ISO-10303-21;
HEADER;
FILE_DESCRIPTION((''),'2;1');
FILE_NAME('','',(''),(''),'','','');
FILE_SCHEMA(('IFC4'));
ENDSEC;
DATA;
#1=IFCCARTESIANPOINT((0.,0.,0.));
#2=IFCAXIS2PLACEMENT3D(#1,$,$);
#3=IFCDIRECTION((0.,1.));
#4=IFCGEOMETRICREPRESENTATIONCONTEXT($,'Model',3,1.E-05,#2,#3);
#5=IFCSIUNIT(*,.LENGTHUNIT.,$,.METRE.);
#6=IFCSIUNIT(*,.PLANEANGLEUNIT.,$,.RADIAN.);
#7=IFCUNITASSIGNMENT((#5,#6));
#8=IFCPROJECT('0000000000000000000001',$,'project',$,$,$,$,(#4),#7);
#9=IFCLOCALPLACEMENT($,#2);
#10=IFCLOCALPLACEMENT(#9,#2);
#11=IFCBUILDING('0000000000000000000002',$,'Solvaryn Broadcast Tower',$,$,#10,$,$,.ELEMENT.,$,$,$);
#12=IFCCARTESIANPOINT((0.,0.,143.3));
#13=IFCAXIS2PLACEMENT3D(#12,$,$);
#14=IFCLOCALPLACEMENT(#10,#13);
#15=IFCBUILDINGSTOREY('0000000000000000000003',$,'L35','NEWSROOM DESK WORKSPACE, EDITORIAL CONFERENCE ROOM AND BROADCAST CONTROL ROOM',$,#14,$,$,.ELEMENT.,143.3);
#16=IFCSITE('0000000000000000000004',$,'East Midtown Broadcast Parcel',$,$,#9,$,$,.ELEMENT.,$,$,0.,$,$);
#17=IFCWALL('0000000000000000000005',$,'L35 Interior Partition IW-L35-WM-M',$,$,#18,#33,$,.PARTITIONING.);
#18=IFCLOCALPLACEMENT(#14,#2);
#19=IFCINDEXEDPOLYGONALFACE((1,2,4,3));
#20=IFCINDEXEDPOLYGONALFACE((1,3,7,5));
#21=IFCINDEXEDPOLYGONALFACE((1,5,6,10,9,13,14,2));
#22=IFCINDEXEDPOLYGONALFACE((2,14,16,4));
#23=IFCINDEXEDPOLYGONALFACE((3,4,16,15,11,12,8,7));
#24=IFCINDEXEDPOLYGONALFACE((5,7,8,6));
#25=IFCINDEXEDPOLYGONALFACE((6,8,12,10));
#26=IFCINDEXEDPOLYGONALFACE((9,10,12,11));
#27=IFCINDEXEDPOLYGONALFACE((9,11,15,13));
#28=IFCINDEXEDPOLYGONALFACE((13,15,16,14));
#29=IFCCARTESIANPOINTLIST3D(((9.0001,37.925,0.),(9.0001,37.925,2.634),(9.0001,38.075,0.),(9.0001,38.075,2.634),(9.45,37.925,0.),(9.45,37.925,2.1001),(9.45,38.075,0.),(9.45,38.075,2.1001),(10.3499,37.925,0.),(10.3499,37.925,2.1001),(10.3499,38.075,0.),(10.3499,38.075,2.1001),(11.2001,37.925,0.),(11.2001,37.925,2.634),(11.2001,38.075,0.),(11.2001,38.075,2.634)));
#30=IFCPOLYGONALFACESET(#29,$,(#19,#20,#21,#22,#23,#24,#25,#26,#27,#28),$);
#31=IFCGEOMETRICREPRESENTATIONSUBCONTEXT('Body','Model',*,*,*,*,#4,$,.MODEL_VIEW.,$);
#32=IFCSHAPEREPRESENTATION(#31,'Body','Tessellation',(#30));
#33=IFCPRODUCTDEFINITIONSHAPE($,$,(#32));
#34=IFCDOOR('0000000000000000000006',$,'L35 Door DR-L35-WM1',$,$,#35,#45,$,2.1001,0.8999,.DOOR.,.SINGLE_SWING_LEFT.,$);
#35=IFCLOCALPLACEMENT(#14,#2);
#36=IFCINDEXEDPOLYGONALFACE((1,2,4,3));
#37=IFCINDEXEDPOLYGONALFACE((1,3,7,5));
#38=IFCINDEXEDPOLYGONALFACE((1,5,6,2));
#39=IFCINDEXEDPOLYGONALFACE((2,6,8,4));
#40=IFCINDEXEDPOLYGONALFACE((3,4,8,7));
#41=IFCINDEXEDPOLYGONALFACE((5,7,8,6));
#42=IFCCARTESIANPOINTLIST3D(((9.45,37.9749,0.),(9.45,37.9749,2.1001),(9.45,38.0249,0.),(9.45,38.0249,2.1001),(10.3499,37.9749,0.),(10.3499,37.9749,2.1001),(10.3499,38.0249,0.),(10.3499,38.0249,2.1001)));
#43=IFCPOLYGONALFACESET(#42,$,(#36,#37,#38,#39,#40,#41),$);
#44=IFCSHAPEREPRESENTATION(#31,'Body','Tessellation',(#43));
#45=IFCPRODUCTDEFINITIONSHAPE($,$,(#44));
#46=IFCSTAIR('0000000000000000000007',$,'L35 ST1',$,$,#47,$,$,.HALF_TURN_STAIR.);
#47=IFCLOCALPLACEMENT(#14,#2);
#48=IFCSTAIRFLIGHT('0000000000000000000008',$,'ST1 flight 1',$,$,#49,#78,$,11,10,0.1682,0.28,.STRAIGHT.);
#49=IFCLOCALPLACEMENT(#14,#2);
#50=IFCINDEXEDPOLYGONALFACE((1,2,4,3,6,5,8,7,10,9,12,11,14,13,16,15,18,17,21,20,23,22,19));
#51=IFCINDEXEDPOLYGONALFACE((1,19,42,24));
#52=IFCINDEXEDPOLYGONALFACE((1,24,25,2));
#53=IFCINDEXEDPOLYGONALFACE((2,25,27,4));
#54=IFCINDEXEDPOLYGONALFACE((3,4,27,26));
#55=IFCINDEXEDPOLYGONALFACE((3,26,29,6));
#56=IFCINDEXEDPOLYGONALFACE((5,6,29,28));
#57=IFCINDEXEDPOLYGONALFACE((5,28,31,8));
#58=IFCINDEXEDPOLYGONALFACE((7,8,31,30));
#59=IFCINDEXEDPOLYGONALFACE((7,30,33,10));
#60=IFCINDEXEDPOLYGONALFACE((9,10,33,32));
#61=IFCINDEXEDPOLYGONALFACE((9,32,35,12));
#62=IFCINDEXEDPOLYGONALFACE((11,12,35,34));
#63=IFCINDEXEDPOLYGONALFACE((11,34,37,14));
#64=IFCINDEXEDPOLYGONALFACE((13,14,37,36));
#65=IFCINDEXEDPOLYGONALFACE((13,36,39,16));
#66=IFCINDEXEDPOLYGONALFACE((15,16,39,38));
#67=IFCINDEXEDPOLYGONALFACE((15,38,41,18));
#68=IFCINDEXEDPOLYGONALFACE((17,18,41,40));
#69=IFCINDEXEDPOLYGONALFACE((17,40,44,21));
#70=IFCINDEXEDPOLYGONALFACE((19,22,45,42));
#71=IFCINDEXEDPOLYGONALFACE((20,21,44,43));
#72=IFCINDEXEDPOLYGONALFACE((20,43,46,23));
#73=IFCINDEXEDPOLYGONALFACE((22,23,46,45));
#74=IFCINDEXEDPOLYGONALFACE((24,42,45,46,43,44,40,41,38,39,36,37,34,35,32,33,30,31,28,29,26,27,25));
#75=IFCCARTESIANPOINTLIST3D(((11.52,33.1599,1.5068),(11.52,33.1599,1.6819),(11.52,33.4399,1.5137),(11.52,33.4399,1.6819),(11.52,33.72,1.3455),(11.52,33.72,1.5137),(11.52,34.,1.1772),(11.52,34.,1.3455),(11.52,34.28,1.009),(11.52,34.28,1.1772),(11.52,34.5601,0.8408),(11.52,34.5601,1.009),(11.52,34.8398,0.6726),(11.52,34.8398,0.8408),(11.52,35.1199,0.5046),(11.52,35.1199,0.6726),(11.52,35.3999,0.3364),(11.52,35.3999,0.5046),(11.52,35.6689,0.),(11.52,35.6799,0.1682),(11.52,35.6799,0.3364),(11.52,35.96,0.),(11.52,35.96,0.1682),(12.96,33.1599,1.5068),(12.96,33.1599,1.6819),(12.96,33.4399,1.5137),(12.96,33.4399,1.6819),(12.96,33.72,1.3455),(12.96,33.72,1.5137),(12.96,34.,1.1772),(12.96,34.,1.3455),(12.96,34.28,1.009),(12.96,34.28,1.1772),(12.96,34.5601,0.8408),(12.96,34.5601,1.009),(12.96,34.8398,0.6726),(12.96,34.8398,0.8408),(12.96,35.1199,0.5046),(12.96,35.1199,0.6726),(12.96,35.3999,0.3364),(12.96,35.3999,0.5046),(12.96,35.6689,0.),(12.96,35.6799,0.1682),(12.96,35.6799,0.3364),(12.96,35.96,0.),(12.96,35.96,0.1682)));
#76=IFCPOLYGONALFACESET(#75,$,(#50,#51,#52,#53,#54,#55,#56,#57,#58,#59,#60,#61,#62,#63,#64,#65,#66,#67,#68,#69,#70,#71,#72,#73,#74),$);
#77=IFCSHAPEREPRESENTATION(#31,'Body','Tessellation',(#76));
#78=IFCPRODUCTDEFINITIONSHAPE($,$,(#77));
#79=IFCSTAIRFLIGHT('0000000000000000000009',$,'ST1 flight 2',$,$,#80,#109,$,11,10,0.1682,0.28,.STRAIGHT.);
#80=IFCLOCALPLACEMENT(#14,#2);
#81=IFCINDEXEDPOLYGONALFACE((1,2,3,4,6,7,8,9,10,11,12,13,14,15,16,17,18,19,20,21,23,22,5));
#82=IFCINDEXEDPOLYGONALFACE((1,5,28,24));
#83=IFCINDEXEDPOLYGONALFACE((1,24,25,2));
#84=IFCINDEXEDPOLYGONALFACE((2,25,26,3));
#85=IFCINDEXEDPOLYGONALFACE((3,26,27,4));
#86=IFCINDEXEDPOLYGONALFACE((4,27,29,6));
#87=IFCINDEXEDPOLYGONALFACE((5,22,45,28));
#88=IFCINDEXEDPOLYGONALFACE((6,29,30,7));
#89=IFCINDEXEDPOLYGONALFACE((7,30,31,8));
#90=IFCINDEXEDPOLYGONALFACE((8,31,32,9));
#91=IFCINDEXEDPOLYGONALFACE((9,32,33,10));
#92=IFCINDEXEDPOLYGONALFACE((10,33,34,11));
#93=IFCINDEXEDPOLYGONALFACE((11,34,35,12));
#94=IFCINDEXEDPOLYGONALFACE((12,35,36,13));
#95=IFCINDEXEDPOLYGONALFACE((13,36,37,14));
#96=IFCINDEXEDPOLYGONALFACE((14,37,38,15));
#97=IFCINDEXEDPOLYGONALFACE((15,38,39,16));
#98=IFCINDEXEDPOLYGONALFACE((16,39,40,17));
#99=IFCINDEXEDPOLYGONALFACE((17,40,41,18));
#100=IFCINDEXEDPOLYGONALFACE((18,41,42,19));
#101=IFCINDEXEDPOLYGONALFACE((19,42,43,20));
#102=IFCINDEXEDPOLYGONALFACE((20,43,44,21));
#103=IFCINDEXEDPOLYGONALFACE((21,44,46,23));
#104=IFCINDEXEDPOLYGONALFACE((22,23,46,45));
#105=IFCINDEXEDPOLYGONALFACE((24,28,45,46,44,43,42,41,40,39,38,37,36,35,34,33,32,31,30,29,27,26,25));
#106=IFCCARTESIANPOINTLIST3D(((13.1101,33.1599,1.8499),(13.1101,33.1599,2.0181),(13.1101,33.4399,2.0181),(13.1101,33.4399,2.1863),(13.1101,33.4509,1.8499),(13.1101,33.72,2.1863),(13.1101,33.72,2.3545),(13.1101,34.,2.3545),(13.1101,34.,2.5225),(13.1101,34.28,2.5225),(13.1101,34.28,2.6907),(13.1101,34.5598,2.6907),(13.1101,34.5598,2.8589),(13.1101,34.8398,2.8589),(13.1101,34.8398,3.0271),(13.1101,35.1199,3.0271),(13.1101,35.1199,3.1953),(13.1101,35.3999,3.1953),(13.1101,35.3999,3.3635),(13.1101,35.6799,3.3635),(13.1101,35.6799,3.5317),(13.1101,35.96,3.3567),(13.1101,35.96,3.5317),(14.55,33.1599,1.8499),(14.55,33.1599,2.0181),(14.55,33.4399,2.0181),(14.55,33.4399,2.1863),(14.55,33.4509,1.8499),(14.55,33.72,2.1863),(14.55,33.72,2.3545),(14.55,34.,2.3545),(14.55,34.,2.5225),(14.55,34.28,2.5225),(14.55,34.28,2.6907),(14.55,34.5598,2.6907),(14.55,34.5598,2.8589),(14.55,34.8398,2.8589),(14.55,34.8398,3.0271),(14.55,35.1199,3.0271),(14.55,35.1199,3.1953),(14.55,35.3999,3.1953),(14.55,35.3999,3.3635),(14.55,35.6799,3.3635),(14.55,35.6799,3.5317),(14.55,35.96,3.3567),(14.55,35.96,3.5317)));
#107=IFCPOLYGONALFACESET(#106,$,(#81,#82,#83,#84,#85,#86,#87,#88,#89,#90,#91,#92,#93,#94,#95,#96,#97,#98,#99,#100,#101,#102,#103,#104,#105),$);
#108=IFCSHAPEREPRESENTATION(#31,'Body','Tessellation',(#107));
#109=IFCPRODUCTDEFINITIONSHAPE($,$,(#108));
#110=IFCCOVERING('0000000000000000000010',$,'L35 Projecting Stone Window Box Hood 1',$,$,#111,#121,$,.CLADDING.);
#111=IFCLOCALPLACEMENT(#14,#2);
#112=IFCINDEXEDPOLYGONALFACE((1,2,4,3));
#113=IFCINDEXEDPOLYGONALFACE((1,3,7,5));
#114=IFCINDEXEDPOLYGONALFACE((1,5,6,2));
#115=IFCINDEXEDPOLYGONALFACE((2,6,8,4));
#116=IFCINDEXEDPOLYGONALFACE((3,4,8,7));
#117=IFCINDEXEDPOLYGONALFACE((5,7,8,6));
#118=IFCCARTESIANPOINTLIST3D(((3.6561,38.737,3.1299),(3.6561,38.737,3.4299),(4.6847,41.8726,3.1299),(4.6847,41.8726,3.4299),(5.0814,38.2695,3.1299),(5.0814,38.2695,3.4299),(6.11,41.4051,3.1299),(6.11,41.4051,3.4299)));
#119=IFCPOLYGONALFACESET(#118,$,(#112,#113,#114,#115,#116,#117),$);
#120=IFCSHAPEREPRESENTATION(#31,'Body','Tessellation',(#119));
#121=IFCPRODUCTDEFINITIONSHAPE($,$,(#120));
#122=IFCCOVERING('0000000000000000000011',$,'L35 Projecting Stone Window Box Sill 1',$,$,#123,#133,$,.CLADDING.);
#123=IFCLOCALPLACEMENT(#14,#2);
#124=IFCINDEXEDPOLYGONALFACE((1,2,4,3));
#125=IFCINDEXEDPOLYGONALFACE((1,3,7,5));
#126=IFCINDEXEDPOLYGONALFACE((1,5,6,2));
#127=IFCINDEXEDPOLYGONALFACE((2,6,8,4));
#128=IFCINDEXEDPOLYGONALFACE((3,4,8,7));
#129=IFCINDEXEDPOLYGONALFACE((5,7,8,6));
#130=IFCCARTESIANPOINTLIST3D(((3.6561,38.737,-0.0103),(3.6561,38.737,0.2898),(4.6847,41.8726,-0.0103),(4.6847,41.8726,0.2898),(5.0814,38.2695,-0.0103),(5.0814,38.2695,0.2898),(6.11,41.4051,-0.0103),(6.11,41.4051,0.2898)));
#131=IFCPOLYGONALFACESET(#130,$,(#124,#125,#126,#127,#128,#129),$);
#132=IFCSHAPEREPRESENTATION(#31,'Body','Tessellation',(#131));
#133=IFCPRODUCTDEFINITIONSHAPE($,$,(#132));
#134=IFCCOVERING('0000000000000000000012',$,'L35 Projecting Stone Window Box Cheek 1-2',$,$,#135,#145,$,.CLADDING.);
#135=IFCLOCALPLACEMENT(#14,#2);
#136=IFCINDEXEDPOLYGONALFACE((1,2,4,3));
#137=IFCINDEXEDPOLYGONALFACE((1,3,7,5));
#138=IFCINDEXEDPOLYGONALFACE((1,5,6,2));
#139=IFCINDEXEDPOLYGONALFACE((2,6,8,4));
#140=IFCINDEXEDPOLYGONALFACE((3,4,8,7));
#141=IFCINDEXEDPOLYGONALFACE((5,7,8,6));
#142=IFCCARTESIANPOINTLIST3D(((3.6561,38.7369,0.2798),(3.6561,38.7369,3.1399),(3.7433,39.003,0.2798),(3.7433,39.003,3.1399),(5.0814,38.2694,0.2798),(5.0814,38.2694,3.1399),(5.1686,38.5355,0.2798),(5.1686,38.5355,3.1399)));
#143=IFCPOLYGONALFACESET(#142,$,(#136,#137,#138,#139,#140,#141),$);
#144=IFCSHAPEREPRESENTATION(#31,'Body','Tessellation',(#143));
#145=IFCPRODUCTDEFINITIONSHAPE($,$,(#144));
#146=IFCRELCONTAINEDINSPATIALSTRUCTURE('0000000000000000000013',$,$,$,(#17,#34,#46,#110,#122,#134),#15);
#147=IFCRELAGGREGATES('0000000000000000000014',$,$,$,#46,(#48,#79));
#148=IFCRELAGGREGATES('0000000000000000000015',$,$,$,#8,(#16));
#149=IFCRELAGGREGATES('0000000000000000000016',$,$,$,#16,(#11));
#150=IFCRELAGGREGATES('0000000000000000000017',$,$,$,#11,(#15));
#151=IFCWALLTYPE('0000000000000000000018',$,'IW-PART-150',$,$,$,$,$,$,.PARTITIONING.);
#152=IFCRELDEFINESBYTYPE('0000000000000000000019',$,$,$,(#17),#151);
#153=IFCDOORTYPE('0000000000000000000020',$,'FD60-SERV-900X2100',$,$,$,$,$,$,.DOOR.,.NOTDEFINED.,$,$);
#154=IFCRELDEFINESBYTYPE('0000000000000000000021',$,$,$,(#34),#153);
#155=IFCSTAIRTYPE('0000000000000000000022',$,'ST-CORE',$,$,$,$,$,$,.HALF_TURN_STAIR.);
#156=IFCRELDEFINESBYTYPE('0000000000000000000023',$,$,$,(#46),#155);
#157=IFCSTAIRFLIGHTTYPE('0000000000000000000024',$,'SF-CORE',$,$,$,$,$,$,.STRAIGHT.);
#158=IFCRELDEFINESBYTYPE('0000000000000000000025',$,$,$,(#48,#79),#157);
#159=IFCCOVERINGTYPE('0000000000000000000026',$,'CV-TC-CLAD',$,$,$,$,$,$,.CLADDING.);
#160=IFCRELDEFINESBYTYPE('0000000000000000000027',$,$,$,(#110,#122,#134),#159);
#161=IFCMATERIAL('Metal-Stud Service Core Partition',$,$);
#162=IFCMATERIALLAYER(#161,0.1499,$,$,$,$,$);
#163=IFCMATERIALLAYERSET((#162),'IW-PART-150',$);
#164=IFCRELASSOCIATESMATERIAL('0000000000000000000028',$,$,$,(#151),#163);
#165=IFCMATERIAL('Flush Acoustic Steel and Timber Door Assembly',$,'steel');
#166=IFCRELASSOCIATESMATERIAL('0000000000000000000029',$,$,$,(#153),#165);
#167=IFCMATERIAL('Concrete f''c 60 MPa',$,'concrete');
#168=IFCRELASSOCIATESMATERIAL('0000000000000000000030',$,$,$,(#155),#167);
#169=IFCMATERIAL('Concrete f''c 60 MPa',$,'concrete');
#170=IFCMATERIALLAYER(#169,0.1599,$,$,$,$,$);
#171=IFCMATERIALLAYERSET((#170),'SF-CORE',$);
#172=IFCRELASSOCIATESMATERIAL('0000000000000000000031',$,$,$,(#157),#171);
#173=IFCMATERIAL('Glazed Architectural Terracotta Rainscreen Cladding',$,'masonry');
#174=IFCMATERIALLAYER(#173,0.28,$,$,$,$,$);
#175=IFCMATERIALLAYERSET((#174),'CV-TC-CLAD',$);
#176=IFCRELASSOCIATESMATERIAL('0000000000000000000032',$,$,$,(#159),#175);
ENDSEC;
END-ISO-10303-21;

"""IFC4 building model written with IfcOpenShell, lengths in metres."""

from ifc_helpers import new_model, si_unit, direction, frame, frame_2d, origin, origin_2d, place, context, subcontext, project, spatial, polyline, rectangle, outline, extrude, material, layer, layer_set, type_object, element, fill, aggregate, save


model = new_model("IFC4")

# Units and contexts
model_context = context("Model", 3, precision=1e-05, world=origin(), true_north=direction((0.0, 1.0)))
body_context = subcontext(model_context, "Body", "Model", "MODEL_VIEW")
ifc_project = project(units=[si_unit("LENGTHUNIT", "METRE"), si_unit("PLANEANGLEUNIT", "RADIAN")], contexts=[model_context])

# Site, building, storey
site_placement = place(None, origin())
site = spatial("IfcSite", under=ifc_project, at=site_placement, Name="East Midtown Broadcast Parcel", CompositionType="ELEMENT", RefElevation=0.0)
building_placement = place(site_placement, origin())
building = spatial("IfcBuilding", under=site, at=building_placement, Name="Solvaryn Broadcast Tower", CompositionType="ELEMENT")
storey_placement = place(building_placement, frame((0.0, 0.0, 143.3)))
storey = spatial("IfcBuildingStorey", under=building, at=storey_placement, Name="L35", Description="NEWSROOM DESK WORKSPACE, EDITORIAL CONFERENCE ROOM AND BROADCAST CONTROL ROOM", CompositionType="ELEMENT", Elevation=143.3)

# Wall, opening, door
ifc_material_1 = material(Name="Metal-Stud Service Core Partition")
ifc_layer_1 = layer(ifc_material_1, 0.1499)
ifc_layer_set_1 = layer_set([ifc_layer_1], Name="IW-PART-150")
wall_type = type_object("IfcWallType", Name="IW-PART-150", PredefinedType="PARTITIONING", material=ifc_layer_set_1)
wall_placement = place(storey_placement, frame((9.0, 38.0, 0.0), z_axis=(0.0, 0.0, 1.0), x_axis=(1.0, 0.0, 0.0)))
wall = element("IfcWall", 1, at=wall_placement, inside=storey, type_object=wall_type, Name="L35 Interior Partition IW-L35-WM-M", PredefinedType="PARTITIONING", context=body_context, shape_type="SweptSolid", body=[
    extrude(rectangle(XDim=2.2, YDim=0.1499, at=frame_2d((1.1001, 0.0))), origin(), (0.0, 0.0, 1.0), 2.634),
])
opening_placement = place(wall_placement, frame((0.45, 0.0, 0.0)))
opening = element("IfcOpeningElement", 2, at=opening_placement, cuts=wall, PredefinedType="OPENING", context=body_context, shape_type="SweptSolid", body=[
    extrude(rectangle(XDim=0.8999, YDim=2.1001, at=frame_2d((0.45, 1.05))), frame((0.0, 0.085, 0.0), z_axis=(0.0, -1.0, 0.0), x_axis=(1.0, 0.0, 0.0)), (0.0, 0.0, 1.0), 0.1699),
])
ifc_material_2 = material(Name="Flush Acoustic Steel and Timber Door Assembly", Category="steel")
door_type = type_object("IfcDoorType", Name="FD60-SERV-900X2100", OperationType="NOTDEFINED", PredefinedType="DOOR", material=ifc_material_2)
door_placement = place(opening_placement, origin())
door = element("IfcDoor", 3, at=door_placement, inside=storey, type_object=door_type, Name="L35 Door DR-L35-WM1", OperationType="SINGLE_SWING_LEFT", OverallHeight=2.1001, OverallWidth=0.8999, PredefinedType="DOOR", context=body_context, shape_type="SweptSolid", body=[
    extrude(rectangle(XDim=0.8999, YDim=2.1001, at=frame_2d((0.45, 1.05))), frame((0.0, 0.0249, 0.0), z_axis=(0.0, -1.0, 0.0), x_axis=(1.0, 0.0, 0.0)), (0.0, 0.0, 1.0), 0.05),
])
fill(opening, door)

# Stair, stair flights
ifc_material_3 = material(Name="Concrete f'c 60 MPa", Category="concrete")
stair_type = type_object("IfcStairType", Name="ST-CORE", PredefinedType="HALF_TURN_STAIR", material=ifc_material_3)
stair_placement = place(storey_placement, origin())
stair = element("IfcStair", 4, at=stair_placement, inside=storey, type_object=stair_type, Name="L35 ST1", PredefinedType="HALF_TURN_STAIR")
ifc_material_4 = material(Name="Concrete f'c 60 MPa", Category="concrete")
ifc_layer_2 = layer(ifc_material_4, 0.1599)
ifc_layer_set_2 = layer_set([ifc_layer_2], Name="SF-CORE")
stair_flight_type = type_object("IfcStairFlightType", Name="SF-CORE", PredefinedType="STRAIGHT", material=ifc_layer_set_2)
stair_flight_1_placement = place(storey_placement, frame((12.24, 35.96, 0.0), z_axis=(0.0, 0.0, 1.0), x_axis=(0.0, -1.0, 0.0)))
stair_flight_1 = element("IfcStairFlight", 5, at=stair_flight_1_placement, type_object=stair_flight_type, Name="ST1 flight 1", NumberOfRisers=11, NumberOfTreads=10, PredefinedType="STRAIGHT", RiserHeight=0.1682, TreadLength=0.28, context=body_context, shape_type="SweptSolid", body=[
    extrude(outline(polyline([(0.0, 0.0), (0.0, 0.1682), (0.28, 0.1682), (0.28, 0.3364), (0.5601, 0.3364), (0.5601, 0.5046), (0.8401, 0.5046), (0.8401, 0.6726), (1.1201, 0.6726), (1.1201, 0.8408), (1.3999, 0.8408), (1.3999, 1.009), (1.6799, 1.009), (1.6799, 1.1772), (1.96, 1.1772), (1.96, 1.3455), (2.24, 1.3455), (2.24, 1.5137), (2.52, 1.5137), (2.52, 1.6819), (2.8, 1.6819), (2.8, 1.8501), (2.8, 1.5068), (0.291, 0.0), (0.0, 0.0)])), frame((0.0, 0.72, 0.0), z_axis=(0.0, -1.0, 0.0), x_axis=(1.0, 0.0, 0.0)), (0.0, 0.0, 1.0), 1.4399),
])
stair_flight_2_placement = place(storey_placement, frame((13.8301, 33.1599, 1.8499), z_axis=(0.0, 0.0, 1.0), x_axis=(0.0, 1.0, 0.0)))
stair_flight_2 = element("IfcStairFlight", 6, at=stair_flight_2_placement, type_object=stair_flight_type, Name="ST1 flight 2", NumberOfRisers=11, NumberOfTreads=10, PredefinedType="STRAIGHT", RiserHeight=0.1682, TreadLength=0.28, context=body_context, shape_type="SweptSolid", body=[
    extrude(outline(polyline([(0.0, 0.0), (0.0, 0.1682), (0.28, 0.1682), (0.28, 0.3364), (0.5601, 0.3364), (0.5601, 0.5046), (0.8401, 0.5046), (0.8401, 0.6726), (1.1201, 0.6726), (1.1201, 0.8408), (1.3999, 0.8408), (1.3999, 1.009), (1.6799, 1.009), (1.6799, 1.1772), (1.96, 1.1772), (1.96, 1.3455), (2.24, 1.3455), (2.24, 1.5137), (2.52, 1.5137), (2.52, 1.6819), (2.8, 1.6819), (2.8, 1.8501), (2.8, 1.5068), (0.291, 0.0), (0.0, 0.0)])), frame((0.0, 0.72, 0.0), z_axis=(0.0, -1.0, 0.0), x_axis=(1.0, 0.0, 0.0)), (0.0, 0.0, 1.0), 1.4399),
])
aggregate(stair, [stair_flight_1, stair_flight_2])

# Coverings
ifc_material_5 = material(Name="Glazed Architectural Terracotta Rainscreen Cladding", Category="masonry")
ifc_layer_3 = layer(ifc_material_5, 0.28)
ifc_layer_set_3 = layer_set([ifc_layer_3], Name="CV-TC-CLAD")
covering_type = type_object("IfcCoveringType", Name="CV-TC-CLAD", PredefinedType="CLADDING", material=ifc_layer_set_3)
for number, where, z_axis, x_axis, name in (
    (7, (4.8831, 40.071, 3.1299), (0.0, 0.0, 1.0), (-0.311672, -0.95019, 0.0), "L35 Projecting Stone Window Box Hood 1"),
    (8, (4.8831, 40.071, -0.0103), (0.0, 0.0, 1.0), (-0.311672, -0.95019, 0.0), "L35 Projecting Stone Window Box Sill 1"),
):
    element("IfcCovering", number, at=place(storey_placement, frame(where, z_axis=z_axis, x_axis=x_axis)), inside=storey, type_object=covering_type, Name=name, PredefinedType="CLADDING", context=body_context, shape_type="SweptSolid", body=[
        extrude(rectangle(XDim=3.3, YDim=1.5, at=origin_2d()), origin(), (0.0, 0.0, 1.0), 0.3),
    ])
covering_placement = place(storey_placement, frame((4.4124, 38.6362, 0.2798), z_axis=(0.0, 0.0, 1.0), x_axis=(-0.311672, -0.95019, 0.0)))
element("IfcCovering", 9, at=covering_placement, inside=storey, type_object=covering_type, Name="L35 Projecting Stone Window Box Cheek 1-2", PredefinedType="CLADDING", context=body_context, shape_type="SweptSolid", body=[
    extrude(rectangle(XDim=0.28, YDim=1.5, at=origin_2d()), origin(), (0.0, 0.0, 1.0), 2.8601),
])

save(model, "model.ifc")
